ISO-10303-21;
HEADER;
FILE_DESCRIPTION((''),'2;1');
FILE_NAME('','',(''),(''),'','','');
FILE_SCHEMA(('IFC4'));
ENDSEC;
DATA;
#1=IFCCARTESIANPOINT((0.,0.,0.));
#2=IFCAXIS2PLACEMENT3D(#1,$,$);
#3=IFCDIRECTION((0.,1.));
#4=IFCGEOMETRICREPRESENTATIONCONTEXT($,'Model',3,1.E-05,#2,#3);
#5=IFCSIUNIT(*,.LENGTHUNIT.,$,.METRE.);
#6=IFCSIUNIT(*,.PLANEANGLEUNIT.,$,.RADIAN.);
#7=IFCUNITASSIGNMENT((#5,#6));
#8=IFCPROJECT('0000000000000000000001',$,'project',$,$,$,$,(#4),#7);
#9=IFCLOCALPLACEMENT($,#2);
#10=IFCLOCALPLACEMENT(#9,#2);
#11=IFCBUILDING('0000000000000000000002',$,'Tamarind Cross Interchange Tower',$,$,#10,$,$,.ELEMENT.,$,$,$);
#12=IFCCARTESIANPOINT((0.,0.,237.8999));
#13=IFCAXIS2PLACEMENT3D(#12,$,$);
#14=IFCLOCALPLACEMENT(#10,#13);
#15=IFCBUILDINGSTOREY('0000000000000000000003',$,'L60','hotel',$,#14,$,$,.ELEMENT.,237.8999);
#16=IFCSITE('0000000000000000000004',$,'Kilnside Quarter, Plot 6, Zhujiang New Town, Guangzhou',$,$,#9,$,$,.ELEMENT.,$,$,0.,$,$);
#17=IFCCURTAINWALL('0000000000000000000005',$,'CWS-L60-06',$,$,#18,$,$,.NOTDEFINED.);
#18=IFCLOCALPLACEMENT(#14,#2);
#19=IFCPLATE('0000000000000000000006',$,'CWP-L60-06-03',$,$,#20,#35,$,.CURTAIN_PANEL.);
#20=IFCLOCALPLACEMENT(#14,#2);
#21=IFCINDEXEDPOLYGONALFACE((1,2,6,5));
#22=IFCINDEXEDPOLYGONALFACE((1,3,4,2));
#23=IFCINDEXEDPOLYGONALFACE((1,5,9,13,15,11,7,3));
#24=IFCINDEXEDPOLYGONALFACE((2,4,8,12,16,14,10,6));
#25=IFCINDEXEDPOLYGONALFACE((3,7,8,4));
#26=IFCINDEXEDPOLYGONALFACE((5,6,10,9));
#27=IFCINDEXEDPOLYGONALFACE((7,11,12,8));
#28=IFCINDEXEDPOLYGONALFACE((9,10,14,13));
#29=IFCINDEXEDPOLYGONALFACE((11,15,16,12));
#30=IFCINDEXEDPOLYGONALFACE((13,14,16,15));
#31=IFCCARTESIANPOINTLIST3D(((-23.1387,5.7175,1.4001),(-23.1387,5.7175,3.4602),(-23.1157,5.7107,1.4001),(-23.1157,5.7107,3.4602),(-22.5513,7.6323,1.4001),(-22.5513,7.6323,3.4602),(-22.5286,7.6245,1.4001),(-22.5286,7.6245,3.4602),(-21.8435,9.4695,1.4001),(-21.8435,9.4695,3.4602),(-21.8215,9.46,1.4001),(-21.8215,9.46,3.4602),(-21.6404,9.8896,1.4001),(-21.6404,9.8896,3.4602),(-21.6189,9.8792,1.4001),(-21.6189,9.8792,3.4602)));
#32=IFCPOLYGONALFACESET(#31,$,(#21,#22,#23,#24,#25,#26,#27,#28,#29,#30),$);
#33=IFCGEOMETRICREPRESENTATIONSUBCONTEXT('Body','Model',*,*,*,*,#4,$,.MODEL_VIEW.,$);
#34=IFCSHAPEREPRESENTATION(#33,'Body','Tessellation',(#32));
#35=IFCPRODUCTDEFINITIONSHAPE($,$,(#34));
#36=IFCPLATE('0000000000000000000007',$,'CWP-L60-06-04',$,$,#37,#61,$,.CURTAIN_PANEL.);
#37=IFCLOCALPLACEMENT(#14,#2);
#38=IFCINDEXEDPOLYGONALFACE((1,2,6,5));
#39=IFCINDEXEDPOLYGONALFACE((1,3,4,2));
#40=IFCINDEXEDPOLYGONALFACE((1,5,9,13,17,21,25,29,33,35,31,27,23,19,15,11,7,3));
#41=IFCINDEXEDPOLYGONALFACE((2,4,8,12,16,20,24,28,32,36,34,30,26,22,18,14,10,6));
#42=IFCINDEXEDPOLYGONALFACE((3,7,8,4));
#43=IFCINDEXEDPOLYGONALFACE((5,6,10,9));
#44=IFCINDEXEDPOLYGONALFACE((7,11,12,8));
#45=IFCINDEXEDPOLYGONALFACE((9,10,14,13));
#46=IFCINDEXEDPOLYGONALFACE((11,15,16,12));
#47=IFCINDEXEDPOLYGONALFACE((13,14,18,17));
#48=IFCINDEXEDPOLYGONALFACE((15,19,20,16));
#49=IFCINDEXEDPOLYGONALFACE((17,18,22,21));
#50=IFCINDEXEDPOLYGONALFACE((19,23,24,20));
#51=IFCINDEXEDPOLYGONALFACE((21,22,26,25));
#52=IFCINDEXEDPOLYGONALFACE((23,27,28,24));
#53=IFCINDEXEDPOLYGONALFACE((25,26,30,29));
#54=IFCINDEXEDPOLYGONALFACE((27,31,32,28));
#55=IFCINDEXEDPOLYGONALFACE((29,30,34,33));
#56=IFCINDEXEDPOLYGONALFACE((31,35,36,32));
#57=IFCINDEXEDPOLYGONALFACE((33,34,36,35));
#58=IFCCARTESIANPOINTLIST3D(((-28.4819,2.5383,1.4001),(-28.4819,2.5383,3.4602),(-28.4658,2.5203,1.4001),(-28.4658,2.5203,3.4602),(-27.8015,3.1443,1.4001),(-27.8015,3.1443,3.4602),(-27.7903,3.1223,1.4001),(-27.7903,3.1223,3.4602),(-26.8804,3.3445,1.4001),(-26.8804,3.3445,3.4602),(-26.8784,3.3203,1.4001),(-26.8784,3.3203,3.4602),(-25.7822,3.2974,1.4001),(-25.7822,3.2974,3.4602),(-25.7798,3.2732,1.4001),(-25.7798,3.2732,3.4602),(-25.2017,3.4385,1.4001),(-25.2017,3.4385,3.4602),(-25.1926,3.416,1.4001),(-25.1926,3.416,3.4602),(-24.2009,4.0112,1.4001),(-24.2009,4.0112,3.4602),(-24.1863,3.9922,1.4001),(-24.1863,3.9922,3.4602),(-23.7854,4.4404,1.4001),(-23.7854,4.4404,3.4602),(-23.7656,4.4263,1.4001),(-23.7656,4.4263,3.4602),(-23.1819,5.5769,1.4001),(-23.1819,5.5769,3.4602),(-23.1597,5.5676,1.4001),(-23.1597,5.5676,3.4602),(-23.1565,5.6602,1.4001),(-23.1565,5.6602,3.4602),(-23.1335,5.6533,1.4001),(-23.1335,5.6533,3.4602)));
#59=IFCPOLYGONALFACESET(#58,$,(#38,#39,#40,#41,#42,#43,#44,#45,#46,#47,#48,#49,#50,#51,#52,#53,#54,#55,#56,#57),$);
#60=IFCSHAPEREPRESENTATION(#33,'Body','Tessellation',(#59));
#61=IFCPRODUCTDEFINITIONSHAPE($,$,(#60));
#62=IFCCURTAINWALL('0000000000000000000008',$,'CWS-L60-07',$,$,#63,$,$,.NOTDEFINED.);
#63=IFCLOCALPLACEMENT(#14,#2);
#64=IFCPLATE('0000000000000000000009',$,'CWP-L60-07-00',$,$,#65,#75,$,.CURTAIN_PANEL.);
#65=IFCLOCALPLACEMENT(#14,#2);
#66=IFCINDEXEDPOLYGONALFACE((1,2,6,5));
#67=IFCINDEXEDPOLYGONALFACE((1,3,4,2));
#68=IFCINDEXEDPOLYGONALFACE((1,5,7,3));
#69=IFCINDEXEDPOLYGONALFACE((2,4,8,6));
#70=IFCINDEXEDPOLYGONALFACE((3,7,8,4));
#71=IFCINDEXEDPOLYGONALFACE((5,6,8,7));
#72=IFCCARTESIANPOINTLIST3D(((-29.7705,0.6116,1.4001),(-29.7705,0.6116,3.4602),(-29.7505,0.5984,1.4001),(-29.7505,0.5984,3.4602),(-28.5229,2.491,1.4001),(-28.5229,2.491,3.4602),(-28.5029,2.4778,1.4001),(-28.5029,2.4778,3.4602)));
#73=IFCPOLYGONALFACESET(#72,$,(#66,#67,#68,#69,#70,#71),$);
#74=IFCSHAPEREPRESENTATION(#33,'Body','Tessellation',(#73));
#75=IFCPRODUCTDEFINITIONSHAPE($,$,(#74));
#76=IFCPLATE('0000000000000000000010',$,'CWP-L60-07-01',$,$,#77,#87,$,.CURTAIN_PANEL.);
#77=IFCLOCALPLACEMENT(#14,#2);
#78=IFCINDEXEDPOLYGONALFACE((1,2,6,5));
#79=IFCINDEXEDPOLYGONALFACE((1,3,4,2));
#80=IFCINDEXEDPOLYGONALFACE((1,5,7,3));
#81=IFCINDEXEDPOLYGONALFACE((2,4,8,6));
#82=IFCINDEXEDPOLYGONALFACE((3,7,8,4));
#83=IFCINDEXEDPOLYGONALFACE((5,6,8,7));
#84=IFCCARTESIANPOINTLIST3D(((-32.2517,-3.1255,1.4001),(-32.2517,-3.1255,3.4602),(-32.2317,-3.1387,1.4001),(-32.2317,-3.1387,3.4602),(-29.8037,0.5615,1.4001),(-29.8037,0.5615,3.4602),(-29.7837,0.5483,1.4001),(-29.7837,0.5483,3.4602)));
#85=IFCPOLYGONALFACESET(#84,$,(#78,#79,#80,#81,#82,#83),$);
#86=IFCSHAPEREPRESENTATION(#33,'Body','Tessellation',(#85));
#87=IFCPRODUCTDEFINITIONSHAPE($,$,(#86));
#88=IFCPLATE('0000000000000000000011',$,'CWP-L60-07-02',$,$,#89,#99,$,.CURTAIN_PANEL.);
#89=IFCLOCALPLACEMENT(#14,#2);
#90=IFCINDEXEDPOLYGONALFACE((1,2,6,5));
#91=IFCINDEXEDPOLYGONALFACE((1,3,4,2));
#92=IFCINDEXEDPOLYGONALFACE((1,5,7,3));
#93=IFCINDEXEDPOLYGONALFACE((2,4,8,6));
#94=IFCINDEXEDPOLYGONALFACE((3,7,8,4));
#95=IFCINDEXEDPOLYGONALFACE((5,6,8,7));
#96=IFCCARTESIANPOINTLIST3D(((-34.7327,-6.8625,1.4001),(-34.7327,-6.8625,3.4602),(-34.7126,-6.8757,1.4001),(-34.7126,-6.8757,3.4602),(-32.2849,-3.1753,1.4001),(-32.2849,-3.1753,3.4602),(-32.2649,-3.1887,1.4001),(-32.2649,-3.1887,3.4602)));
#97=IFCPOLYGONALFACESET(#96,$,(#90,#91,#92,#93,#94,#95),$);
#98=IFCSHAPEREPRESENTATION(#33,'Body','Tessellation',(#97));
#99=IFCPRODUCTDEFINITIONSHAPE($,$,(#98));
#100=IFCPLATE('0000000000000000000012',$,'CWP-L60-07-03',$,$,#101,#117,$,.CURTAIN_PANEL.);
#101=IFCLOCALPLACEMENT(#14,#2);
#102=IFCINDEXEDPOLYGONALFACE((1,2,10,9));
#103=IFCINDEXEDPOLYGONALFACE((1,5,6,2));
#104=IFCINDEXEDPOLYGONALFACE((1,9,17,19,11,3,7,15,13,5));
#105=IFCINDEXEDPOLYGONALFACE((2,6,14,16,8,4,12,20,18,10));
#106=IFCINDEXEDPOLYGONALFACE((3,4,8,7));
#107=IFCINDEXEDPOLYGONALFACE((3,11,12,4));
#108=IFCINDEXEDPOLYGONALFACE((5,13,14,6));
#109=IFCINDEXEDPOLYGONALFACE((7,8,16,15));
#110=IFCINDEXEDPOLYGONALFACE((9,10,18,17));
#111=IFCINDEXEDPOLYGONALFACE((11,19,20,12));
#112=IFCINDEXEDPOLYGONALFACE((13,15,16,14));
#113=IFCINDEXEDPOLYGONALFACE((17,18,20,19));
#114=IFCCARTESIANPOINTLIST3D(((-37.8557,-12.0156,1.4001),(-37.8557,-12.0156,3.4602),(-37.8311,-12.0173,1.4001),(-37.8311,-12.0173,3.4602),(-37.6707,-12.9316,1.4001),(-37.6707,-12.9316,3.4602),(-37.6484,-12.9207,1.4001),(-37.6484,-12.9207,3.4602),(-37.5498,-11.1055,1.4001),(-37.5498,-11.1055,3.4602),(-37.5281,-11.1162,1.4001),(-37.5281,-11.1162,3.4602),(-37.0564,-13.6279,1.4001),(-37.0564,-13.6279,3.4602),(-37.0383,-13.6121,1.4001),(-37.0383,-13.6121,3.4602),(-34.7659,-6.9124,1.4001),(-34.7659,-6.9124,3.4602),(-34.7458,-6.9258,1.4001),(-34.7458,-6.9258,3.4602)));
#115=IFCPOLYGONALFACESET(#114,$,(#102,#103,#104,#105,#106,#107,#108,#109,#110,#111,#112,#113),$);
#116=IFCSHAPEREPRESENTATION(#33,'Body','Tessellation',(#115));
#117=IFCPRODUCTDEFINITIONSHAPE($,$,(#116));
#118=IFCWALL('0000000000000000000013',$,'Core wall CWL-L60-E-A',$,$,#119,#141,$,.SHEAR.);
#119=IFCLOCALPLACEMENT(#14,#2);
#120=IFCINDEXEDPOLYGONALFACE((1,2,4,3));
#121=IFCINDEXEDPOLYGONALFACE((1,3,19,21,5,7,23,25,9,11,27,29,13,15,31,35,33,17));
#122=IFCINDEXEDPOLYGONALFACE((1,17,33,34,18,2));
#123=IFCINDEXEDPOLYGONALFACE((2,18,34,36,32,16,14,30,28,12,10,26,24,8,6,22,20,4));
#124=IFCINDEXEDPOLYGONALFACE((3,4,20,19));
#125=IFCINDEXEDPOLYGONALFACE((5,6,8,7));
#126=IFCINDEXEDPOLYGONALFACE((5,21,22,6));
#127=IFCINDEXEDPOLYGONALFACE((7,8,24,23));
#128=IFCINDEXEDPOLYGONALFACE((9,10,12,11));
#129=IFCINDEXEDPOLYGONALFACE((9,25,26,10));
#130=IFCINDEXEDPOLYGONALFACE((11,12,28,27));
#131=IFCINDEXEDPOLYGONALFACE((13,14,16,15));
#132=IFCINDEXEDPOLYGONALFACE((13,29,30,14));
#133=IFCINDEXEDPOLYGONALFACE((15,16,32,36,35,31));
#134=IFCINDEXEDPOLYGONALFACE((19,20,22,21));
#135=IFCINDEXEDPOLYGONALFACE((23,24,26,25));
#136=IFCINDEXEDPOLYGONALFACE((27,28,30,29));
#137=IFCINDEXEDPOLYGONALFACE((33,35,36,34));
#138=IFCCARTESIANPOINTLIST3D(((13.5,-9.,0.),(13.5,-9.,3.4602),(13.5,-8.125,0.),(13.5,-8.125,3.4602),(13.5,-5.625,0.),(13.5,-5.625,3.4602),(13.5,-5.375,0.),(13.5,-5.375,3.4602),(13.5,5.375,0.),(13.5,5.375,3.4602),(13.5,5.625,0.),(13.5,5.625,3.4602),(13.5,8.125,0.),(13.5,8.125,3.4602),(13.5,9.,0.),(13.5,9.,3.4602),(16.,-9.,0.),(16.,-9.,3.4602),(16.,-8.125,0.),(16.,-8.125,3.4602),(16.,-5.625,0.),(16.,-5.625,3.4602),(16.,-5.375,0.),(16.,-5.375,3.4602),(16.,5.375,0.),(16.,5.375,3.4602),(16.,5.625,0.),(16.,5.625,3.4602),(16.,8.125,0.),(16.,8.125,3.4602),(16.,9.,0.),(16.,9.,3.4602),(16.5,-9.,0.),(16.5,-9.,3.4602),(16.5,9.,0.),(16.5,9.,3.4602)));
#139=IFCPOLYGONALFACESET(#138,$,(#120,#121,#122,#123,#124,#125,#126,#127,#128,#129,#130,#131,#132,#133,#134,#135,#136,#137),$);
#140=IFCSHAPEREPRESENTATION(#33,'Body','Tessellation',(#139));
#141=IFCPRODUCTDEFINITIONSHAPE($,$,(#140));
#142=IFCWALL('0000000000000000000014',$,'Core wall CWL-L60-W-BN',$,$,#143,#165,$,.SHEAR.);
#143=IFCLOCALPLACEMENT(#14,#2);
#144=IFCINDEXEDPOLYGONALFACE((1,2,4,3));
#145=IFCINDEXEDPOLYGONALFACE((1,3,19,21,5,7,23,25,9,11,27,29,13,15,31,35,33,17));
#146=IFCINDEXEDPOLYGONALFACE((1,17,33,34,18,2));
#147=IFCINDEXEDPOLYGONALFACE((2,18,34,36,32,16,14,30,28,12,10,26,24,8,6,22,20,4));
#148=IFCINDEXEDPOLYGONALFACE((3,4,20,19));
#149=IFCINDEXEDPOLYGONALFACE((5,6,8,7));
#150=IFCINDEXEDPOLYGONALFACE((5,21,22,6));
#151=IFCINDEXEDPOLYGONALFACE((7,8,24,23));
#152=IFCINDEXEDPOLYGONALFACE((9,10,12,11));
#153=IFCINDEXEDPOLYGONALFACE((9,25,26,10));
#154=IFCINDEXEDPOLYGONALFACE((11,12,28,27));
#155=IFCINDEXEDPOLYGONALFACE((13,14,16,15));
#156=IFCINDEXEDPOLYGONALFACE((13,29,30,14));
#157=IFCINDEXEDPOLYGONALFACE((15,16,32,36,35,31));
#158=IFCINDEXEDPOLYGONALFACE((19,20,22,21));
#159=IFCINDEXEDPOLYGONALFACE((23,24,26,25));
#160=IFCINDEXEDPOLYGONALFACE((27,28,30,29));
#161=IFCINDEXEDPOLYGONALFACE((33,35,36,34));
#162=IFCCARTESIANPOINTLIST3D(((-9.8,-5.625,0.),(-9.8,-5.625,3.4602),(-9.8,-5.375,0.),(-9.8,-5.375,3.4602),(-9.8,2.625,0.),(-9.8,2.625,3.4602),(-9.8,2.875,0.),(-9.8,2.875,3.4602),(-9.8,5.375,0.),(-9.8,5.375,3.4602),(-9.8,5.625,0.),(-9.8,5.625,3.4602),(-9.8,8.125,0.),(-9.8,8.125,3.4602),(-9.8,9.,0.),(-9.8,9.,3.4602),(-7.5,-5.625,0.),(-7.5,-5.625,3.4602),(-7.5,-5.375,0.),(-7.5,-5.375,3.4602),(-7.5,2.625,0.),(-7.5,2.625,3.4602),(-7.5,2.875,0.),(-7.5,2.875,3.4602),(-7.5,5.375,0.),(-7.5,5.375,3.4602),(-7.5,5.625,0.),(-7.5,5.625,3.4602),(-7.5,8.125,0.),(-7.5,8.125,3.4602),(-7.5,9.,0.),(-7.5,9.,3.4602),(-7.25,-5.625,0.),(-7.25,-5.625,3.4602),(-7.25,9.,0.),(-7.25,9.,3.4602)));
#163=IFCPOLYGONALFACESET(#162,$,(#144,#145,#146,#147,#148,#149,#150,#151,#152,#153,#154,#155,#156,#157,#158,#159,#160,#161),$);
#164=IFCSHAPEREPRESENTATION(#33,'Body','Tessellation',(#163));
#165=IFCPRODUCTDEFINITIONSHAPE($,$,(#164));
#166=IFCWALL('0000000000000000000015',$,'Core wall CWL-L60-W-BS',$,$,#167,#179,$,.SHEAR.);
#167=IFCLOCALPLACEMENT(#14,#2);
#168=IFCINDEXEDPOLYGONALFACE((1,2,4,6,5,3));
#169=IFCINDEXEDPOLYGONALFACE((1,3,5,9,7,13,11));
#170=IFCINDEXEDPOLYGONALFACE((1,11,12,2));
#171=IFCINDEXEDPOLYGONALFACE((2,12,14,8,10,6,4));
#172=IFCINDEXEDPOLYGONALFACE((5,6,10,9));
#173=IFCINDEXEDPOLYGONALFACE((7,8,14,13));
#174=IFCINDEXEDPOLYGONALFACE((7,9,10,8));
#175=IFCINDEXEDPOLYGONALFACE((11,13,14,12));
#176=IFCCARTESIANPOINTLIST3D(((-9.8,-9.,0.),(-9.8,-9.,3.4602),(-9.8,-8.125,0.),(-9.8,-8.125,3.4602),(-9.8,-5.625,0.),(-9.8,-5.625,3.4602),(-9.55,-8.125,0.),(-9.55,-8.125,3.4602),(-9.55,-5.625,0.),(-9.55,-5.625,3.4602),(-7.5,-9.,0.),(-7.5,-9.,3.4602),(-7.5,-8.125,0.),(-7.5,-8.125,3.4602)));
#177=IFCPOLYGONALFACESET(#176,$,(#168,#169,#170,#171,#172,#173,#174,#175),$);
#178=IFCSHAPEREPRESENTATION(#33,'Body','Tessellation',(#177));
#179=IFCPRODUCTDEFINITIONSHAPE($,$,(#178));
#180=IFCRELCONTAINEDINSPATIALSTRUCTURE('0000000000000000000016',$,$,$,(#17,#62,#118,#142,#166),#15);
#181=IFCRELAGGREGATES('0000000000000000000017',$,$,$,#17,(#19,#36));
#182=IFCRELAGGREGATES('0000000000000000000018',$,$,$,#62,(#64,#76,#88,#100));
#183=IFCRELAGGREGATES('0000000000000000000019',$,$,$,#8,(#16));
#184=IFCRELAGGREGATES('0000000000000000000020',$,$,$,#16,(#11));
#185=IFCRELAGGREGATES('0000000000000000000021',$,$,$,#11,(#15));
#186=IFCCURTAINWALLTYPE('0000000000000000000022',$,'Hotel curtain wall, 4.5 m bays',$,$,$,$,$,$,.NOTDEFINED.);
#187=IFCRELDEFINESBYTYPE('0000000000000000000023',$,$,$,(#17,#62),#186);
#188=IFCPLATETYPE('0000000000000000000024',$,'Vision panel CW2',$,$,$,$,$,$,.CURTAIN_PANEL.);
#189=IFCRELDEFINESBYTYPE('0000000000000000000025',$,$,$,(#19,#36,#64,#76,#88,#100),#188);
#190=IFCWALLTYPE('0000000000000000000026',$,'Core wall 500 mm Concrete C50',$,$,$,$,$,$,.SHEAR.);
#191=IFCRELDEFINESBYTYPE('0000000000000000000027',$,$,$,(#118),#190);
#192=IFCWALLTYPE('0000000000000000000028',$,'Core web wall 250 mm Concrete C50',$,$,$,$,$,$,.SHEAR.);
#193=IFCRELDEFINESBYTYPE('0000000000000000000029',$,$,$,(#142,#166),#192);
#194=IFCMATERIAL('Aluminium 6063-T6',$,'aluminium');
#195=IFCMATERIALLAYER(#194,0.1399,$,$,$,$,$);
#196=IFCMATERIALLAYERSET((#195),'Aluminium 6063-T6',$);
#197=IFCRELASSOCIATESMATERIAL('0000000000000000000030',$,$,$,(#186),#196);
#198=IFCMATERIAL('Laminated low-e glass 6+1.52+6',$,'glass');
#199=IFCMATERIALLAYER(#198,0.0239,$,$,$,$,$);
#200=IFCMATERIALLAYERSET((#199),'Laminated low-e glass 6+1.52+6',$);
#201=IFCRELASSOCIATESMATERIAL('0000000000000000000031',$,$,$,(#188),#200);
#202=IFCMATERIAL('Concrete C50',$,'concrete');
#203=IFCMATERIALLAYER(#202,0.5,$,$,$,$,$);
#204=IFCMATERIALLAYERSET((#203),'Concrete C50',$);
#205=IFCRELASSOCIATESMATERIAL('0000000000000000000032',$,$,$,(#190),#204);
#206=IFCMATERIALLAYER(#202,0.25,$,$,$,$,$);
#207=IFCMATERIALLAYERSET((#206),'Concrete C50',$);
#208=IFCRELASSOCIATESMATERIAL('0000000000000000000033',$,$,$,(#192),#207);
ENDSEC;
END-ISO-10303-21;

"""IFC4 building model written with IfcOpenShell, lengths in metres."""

from ifc_helpers import new_model, si_unit, direction, frame, origin, place, context, subcontext, project, spatial, polyline, outline, extrude, material, layer, layer_set, type_object, element, aggregate, save


model = new_model("IFC4")

# Units and contexts
model_context = context("Model", 3, precision=1e-05, world=origin(), true_north=direction((0.0, 1.0)))
body_context = subcontext(model_context, "Body", "Model", "MODEL_VIEW")
ifc_project = project(units=[si_unit("LENGTHUNIT", "METRE"), si_unit("PLANEANGLEUNIT", "RADIAN")], contexts=[model_context])

# Site, building, storey
site_placement = place(None, origin())
site = spatial("IfcSite", under=ifc_project, at=site_placement, Name="Kilnside Quarter, Plot 6, Zhujiang New Town, Guangzhou", CompositionType="ELEMENT", RefElevation=0.0)
building_placement = place(site_placement, origin())
building = spatial("IfcBuilding", under=site, at=building_placement, Name="Tamarind Cross Interchange Tower", CompositionType="ELEMENT")
storey_placement = place(building_placement, frame((0.0, 0.0, 237.8999)))
storey = spatial("IfcBuildingStorey", under=building, at=storey_placement, Name="L60", Description="hotel", CompositionType="ELEMENT", Elevation=237.8999)

# Shared definitions
ifc_material_1 = material(Name="Aluminium 6063-T6", Category="aluminium")
ifc_layer_1 = layer(ifc_material_1, 0.1399)
ifc_layer_set_1 = layer_set([ifc_layer_1], Name="Aluminium 6063-T6")
curtain_wall_type = type_object("IfcCurtainWallType", Name="Hotel curtain wall, 4.5 m bays", PredefinedType="NOTDEFINED", material=ifc_layer_set_1)
ifc_material_2 = material(Name="Laminated low-e glass 6+1.52+6", Category="glass")
ifc_layer_2 = layer(ifc_material_2, 0.0239)
ifc_layer_set_2 = layer_set([ifc_layer_2], Name="Laminated low-e glass 6+1.52+6")
plate_type = type_object("IfcPlateType", Name="Vision panel CW2", PredefinedType="CURTAIN_PANEL", material=ifc_layer_set_2)

# Curtain walls, plates
curtain_wall_1_placement = place(storey_placement, origin())
curtain_wall_1 = element("IfcCurtainWall", 1, at=curtain_wall_1_placement, inside=storey, type_object=curtain_wall_type, Name="CWS-L60-06", PredefinedType="NOTDEFINED")
plate_1_placement = place(storey_placement, frame((0.0, 0.0, 1.4001)))
plate_1 = element("IfcPlate", 2, at=plate_1_placement, type_object=plate_type, Name="CWP-L60-06-03", PredefinedType="CURTAIN_PANEL", context=body_context, shape_type="SweptSolid", body=[
    extrude(outline(polyline([(-21.6189, 9.8792), (-21.8215, 9.46), (-22.5286, 7.6245), (-23.1157, 5.7107), (-23.1387, 5.7175), (-22.5513, 7.6323), (-21.8435, 9.4695), (-21.6404, 9.8896), (-21.6189, 9.8792)])), origin(), (0.0, 0.0, 1.0), 2.0601),
])
plate_2_placement = place(storey_placement, frame((0.0, 0.0, 1.4001)))
plate_2 = element("IfcPlate", 3, at=plate_2_placement, type_object=plate_type, Name="CWP-L60-06-04", PredefinedType="CURTAIN_PANEL", context=body_context, shape_type="SweptSolid", body=[
    extrude(outline(polyline([(-23.1335, 5.6533), (-23.1597, 5.5676), (-23.7656, 4.4263), (-24.1863, 3.9922), (-25.1926, 3.416), (-25.7798, 3.2732), (-26.8784, 3.3203), (-27.7903, 3.1223), (-28.4658, 2.5203), (-28.4819, 2.5383), (-27.8015, 3.1443), (-26.8804, 3.3445), (-25.7822, 3.2974), (-25.2017, 3.4385), (-24.2009, 4.0112), (-23.7854, 4.4404), (-23.1819, 5.5769), (-23.1565, 5.6602), (-23.1335, 5.6533)])), origin(), (0.0, 0.0, 1.0), 2.0601),
])
aggregate(curtain_wall_1, [plate_1, plate_2])
curtain_wall_2_placement = place(storey_placement, origin())
curtain_wall_2 = element("IfcCurtainWall", 4, at=curtain_wall_2_placement, inside=storey, type_object=curtain_wall_type, Name="CWS-L60-07", PredefinedType="NOTDEFINED")
plate_3_placement = place(storey_placement, frame((0.0, 0.0, 1.4001)))
plate_3 = element("IfcPlate", 5, at=plate_3_placement, type_object=plate_type, Name="CWP-L60-07-00", PredefinedType="CURTAIN_PANEL", context=body_context, shape_type="SweptSolid", body=[
    extrude(outline(polyline([(-28.5029, 2.4778), (-29.7505, 0.5984), (-29.7705, 0.6116), (-28.5229, 2.491), (-28.5029, 2.4778)])), origin(), (0.0, 0.0, 1.0), 2.0601),
])
plate_4_placement = place(storey_placement, frame((0.0, 0.0, 1.4001)))
plate_4 = element("IfcPlate", 6, at=plate_4_placement, type_object=plate_type, Name="CWP-L60-07-01", PredefinedType="CURTAIN_PANEL", context=body_context, shape_type="SweptSolid", body=[
    extrude(outline(polyline([(-29.7837, 0.5483), (-32.2317, -3.1387), (-32.2517, -3.1255), (-29.8037, 0.5615), (-29.7837, 0.5483)])), origin(), (0.0, 0.0, 1.0), 2.0601),
])
plate_5_placement = place(storey_placement, frame((0.0, 0.0, 1.4001)))
plate_5 = element("IfcPlate", 7, at=plate_5_placement, type_object=plate_type, Name="CWP-L60-07-02", PredefinedType="CURTAIN_PANEL", context=body_context, shape_type="SweptSolid", body=[
    extrude(outline(polyline([(-32.2649, -3.1887), (-34.7126, -6.8757), (-34.7327, -6.8625), (-32.2849, -3.1753), (-32.2649, -3.1887)])), origin(), (0.0, 0.0, 1.0), 2.0601),
])
plate_6_placement = place(storey_placement, frame((0.0, 0.0, 1.4001)))
plate_6 = element("IfcPlate", 8, at=plate_6_placement, type_object=plate_type, Name="CWP-L60-07-03", PredefinedType="CURTAIN_PANEL", context=body_context, shape_type="SweptSolid", body=[
    extrude(outline(polyline([(-34.7458, -6.9258), (-37.5281, -11.1162), (-37.8311, -12.0173), (-37.6484, -12.9207), (-37.0383, -13.6121), (-37.0564, -13.6279), (-37.6707, -12.9316), (-37.8557, -12.0156), (-37.5498, -11.1055), (-34.7659, -6.9124), (-34.7458, -6.9258)])), origin(), (0.0, 0.0, 1.0), 2.0601),
])
aggregate(curtain_wall_2, [plate_3, plate_4, plate_5, plate_6])

# Walls
ifc_material_3 = material(Name="Concrete C50", Category="concrete")
ifc_layer_3 = layer(ifc_material_3, 0.5)
ifc_layer_set_3 = layer_set([ifc_layer_3], Name="Concrete C50")
wall_type_1 = type_object("IfcWallType", Name="Core wall 500 mm Concrete C50", PredefinedType="SHEAR", material=ifc_layer_set_3)
wall_1_placement = place(storey_placement, origin())
element("IfcWall", 9, at=wall_1_placement, inside=storey, type_object=wall_type_1, Name="Core wall CWL-L60-E-A", PredefinedType="SHEAR", context=body_context, shape_type="SweptSolid", body=[
    extrude(outline(polyline([(13.5, -8.125), (13.5, -9.0), (16.0, -9.0), (16.5, -9.0), (16.5, 9.0), (16.0, 9.0), (13.5, 9.0), (13.5, 8.125), (16.0, 8.125), (16.0, 5.625), (13.5, 5.625), (13.5, 5.375), (16.0, 5.375), (16.0, -5.375), (13.5, -5.375), (13.5, -5.625), (16.0, -5.625), (16.0, -8.125), (13.5, -8.125)])), origin(), (0.0, 0.0, 1.0), 3.4602),
])
ifc_layer_4 = layer(ifc_material_3, 0.25)
ifc_layer_set_4 = layer_set([ifc_layer_4], Name="Concrete C50")
wall_type_2 = type_object("IfcWallType", Name="Core web wall 250 mm Concrete C50", PredefinedType="SHEAR", material=ifc_layer_set_4)
wall_2_placement = place(storey_placement, origin())
element("IfcWall", 10, at=wall_2_placement, inside=storey, type_object=wall_type_2, Name="Core wall CWL-L60-W-BN", PredefinedType="SHEAR", context=body_context, shape_type="SweptSolid", body=[
    extrude(outline(polyline([(-9.8, -5.375), (-9.8, -5.625), (-7.5, -5.625), (-7.25, -5.625), (-7.25, 9.0), (-7.5, 9.0), (-9.8, 9.0), (-9.8, 8.125), (-7.5, 8.125), (-7.5, 5.625), (-9.8, 5.625), (-9.8, 5.375), (-7.5, 5.375), (-7.5, 2.875), (-9.8, 2.875), (-9.8, 2.625), (-7.5, 2.625), (-7.5, -5.375), (-9.8, -5.375)])), origin(), (0.0, 0.0, 1.0), 3.4602),
])
wall_3_placement = place(storey_placement, origin())
element("IfcWall", 11, at=wall_3_placement, inside=storey, type_object=wall_type_2, Name="Core wall CWL-L60-W-BS", PredefinedType="SHEAR", context=body_context, shape_type="SweptSolid", body=[
    extrude(outline(polyline([(-7.5, -8.125), (-9.55, -8.125), (-9.55, -5.625), (-9.8, -5.625), (-9.8, -8.125), (-9.8, -9.0), (-7.5, -9.0), (-7.5, -8.125)])), origin(), (0.0, 0.0, 1.0), 3.4602),
])

save(model, "model.ifc")
